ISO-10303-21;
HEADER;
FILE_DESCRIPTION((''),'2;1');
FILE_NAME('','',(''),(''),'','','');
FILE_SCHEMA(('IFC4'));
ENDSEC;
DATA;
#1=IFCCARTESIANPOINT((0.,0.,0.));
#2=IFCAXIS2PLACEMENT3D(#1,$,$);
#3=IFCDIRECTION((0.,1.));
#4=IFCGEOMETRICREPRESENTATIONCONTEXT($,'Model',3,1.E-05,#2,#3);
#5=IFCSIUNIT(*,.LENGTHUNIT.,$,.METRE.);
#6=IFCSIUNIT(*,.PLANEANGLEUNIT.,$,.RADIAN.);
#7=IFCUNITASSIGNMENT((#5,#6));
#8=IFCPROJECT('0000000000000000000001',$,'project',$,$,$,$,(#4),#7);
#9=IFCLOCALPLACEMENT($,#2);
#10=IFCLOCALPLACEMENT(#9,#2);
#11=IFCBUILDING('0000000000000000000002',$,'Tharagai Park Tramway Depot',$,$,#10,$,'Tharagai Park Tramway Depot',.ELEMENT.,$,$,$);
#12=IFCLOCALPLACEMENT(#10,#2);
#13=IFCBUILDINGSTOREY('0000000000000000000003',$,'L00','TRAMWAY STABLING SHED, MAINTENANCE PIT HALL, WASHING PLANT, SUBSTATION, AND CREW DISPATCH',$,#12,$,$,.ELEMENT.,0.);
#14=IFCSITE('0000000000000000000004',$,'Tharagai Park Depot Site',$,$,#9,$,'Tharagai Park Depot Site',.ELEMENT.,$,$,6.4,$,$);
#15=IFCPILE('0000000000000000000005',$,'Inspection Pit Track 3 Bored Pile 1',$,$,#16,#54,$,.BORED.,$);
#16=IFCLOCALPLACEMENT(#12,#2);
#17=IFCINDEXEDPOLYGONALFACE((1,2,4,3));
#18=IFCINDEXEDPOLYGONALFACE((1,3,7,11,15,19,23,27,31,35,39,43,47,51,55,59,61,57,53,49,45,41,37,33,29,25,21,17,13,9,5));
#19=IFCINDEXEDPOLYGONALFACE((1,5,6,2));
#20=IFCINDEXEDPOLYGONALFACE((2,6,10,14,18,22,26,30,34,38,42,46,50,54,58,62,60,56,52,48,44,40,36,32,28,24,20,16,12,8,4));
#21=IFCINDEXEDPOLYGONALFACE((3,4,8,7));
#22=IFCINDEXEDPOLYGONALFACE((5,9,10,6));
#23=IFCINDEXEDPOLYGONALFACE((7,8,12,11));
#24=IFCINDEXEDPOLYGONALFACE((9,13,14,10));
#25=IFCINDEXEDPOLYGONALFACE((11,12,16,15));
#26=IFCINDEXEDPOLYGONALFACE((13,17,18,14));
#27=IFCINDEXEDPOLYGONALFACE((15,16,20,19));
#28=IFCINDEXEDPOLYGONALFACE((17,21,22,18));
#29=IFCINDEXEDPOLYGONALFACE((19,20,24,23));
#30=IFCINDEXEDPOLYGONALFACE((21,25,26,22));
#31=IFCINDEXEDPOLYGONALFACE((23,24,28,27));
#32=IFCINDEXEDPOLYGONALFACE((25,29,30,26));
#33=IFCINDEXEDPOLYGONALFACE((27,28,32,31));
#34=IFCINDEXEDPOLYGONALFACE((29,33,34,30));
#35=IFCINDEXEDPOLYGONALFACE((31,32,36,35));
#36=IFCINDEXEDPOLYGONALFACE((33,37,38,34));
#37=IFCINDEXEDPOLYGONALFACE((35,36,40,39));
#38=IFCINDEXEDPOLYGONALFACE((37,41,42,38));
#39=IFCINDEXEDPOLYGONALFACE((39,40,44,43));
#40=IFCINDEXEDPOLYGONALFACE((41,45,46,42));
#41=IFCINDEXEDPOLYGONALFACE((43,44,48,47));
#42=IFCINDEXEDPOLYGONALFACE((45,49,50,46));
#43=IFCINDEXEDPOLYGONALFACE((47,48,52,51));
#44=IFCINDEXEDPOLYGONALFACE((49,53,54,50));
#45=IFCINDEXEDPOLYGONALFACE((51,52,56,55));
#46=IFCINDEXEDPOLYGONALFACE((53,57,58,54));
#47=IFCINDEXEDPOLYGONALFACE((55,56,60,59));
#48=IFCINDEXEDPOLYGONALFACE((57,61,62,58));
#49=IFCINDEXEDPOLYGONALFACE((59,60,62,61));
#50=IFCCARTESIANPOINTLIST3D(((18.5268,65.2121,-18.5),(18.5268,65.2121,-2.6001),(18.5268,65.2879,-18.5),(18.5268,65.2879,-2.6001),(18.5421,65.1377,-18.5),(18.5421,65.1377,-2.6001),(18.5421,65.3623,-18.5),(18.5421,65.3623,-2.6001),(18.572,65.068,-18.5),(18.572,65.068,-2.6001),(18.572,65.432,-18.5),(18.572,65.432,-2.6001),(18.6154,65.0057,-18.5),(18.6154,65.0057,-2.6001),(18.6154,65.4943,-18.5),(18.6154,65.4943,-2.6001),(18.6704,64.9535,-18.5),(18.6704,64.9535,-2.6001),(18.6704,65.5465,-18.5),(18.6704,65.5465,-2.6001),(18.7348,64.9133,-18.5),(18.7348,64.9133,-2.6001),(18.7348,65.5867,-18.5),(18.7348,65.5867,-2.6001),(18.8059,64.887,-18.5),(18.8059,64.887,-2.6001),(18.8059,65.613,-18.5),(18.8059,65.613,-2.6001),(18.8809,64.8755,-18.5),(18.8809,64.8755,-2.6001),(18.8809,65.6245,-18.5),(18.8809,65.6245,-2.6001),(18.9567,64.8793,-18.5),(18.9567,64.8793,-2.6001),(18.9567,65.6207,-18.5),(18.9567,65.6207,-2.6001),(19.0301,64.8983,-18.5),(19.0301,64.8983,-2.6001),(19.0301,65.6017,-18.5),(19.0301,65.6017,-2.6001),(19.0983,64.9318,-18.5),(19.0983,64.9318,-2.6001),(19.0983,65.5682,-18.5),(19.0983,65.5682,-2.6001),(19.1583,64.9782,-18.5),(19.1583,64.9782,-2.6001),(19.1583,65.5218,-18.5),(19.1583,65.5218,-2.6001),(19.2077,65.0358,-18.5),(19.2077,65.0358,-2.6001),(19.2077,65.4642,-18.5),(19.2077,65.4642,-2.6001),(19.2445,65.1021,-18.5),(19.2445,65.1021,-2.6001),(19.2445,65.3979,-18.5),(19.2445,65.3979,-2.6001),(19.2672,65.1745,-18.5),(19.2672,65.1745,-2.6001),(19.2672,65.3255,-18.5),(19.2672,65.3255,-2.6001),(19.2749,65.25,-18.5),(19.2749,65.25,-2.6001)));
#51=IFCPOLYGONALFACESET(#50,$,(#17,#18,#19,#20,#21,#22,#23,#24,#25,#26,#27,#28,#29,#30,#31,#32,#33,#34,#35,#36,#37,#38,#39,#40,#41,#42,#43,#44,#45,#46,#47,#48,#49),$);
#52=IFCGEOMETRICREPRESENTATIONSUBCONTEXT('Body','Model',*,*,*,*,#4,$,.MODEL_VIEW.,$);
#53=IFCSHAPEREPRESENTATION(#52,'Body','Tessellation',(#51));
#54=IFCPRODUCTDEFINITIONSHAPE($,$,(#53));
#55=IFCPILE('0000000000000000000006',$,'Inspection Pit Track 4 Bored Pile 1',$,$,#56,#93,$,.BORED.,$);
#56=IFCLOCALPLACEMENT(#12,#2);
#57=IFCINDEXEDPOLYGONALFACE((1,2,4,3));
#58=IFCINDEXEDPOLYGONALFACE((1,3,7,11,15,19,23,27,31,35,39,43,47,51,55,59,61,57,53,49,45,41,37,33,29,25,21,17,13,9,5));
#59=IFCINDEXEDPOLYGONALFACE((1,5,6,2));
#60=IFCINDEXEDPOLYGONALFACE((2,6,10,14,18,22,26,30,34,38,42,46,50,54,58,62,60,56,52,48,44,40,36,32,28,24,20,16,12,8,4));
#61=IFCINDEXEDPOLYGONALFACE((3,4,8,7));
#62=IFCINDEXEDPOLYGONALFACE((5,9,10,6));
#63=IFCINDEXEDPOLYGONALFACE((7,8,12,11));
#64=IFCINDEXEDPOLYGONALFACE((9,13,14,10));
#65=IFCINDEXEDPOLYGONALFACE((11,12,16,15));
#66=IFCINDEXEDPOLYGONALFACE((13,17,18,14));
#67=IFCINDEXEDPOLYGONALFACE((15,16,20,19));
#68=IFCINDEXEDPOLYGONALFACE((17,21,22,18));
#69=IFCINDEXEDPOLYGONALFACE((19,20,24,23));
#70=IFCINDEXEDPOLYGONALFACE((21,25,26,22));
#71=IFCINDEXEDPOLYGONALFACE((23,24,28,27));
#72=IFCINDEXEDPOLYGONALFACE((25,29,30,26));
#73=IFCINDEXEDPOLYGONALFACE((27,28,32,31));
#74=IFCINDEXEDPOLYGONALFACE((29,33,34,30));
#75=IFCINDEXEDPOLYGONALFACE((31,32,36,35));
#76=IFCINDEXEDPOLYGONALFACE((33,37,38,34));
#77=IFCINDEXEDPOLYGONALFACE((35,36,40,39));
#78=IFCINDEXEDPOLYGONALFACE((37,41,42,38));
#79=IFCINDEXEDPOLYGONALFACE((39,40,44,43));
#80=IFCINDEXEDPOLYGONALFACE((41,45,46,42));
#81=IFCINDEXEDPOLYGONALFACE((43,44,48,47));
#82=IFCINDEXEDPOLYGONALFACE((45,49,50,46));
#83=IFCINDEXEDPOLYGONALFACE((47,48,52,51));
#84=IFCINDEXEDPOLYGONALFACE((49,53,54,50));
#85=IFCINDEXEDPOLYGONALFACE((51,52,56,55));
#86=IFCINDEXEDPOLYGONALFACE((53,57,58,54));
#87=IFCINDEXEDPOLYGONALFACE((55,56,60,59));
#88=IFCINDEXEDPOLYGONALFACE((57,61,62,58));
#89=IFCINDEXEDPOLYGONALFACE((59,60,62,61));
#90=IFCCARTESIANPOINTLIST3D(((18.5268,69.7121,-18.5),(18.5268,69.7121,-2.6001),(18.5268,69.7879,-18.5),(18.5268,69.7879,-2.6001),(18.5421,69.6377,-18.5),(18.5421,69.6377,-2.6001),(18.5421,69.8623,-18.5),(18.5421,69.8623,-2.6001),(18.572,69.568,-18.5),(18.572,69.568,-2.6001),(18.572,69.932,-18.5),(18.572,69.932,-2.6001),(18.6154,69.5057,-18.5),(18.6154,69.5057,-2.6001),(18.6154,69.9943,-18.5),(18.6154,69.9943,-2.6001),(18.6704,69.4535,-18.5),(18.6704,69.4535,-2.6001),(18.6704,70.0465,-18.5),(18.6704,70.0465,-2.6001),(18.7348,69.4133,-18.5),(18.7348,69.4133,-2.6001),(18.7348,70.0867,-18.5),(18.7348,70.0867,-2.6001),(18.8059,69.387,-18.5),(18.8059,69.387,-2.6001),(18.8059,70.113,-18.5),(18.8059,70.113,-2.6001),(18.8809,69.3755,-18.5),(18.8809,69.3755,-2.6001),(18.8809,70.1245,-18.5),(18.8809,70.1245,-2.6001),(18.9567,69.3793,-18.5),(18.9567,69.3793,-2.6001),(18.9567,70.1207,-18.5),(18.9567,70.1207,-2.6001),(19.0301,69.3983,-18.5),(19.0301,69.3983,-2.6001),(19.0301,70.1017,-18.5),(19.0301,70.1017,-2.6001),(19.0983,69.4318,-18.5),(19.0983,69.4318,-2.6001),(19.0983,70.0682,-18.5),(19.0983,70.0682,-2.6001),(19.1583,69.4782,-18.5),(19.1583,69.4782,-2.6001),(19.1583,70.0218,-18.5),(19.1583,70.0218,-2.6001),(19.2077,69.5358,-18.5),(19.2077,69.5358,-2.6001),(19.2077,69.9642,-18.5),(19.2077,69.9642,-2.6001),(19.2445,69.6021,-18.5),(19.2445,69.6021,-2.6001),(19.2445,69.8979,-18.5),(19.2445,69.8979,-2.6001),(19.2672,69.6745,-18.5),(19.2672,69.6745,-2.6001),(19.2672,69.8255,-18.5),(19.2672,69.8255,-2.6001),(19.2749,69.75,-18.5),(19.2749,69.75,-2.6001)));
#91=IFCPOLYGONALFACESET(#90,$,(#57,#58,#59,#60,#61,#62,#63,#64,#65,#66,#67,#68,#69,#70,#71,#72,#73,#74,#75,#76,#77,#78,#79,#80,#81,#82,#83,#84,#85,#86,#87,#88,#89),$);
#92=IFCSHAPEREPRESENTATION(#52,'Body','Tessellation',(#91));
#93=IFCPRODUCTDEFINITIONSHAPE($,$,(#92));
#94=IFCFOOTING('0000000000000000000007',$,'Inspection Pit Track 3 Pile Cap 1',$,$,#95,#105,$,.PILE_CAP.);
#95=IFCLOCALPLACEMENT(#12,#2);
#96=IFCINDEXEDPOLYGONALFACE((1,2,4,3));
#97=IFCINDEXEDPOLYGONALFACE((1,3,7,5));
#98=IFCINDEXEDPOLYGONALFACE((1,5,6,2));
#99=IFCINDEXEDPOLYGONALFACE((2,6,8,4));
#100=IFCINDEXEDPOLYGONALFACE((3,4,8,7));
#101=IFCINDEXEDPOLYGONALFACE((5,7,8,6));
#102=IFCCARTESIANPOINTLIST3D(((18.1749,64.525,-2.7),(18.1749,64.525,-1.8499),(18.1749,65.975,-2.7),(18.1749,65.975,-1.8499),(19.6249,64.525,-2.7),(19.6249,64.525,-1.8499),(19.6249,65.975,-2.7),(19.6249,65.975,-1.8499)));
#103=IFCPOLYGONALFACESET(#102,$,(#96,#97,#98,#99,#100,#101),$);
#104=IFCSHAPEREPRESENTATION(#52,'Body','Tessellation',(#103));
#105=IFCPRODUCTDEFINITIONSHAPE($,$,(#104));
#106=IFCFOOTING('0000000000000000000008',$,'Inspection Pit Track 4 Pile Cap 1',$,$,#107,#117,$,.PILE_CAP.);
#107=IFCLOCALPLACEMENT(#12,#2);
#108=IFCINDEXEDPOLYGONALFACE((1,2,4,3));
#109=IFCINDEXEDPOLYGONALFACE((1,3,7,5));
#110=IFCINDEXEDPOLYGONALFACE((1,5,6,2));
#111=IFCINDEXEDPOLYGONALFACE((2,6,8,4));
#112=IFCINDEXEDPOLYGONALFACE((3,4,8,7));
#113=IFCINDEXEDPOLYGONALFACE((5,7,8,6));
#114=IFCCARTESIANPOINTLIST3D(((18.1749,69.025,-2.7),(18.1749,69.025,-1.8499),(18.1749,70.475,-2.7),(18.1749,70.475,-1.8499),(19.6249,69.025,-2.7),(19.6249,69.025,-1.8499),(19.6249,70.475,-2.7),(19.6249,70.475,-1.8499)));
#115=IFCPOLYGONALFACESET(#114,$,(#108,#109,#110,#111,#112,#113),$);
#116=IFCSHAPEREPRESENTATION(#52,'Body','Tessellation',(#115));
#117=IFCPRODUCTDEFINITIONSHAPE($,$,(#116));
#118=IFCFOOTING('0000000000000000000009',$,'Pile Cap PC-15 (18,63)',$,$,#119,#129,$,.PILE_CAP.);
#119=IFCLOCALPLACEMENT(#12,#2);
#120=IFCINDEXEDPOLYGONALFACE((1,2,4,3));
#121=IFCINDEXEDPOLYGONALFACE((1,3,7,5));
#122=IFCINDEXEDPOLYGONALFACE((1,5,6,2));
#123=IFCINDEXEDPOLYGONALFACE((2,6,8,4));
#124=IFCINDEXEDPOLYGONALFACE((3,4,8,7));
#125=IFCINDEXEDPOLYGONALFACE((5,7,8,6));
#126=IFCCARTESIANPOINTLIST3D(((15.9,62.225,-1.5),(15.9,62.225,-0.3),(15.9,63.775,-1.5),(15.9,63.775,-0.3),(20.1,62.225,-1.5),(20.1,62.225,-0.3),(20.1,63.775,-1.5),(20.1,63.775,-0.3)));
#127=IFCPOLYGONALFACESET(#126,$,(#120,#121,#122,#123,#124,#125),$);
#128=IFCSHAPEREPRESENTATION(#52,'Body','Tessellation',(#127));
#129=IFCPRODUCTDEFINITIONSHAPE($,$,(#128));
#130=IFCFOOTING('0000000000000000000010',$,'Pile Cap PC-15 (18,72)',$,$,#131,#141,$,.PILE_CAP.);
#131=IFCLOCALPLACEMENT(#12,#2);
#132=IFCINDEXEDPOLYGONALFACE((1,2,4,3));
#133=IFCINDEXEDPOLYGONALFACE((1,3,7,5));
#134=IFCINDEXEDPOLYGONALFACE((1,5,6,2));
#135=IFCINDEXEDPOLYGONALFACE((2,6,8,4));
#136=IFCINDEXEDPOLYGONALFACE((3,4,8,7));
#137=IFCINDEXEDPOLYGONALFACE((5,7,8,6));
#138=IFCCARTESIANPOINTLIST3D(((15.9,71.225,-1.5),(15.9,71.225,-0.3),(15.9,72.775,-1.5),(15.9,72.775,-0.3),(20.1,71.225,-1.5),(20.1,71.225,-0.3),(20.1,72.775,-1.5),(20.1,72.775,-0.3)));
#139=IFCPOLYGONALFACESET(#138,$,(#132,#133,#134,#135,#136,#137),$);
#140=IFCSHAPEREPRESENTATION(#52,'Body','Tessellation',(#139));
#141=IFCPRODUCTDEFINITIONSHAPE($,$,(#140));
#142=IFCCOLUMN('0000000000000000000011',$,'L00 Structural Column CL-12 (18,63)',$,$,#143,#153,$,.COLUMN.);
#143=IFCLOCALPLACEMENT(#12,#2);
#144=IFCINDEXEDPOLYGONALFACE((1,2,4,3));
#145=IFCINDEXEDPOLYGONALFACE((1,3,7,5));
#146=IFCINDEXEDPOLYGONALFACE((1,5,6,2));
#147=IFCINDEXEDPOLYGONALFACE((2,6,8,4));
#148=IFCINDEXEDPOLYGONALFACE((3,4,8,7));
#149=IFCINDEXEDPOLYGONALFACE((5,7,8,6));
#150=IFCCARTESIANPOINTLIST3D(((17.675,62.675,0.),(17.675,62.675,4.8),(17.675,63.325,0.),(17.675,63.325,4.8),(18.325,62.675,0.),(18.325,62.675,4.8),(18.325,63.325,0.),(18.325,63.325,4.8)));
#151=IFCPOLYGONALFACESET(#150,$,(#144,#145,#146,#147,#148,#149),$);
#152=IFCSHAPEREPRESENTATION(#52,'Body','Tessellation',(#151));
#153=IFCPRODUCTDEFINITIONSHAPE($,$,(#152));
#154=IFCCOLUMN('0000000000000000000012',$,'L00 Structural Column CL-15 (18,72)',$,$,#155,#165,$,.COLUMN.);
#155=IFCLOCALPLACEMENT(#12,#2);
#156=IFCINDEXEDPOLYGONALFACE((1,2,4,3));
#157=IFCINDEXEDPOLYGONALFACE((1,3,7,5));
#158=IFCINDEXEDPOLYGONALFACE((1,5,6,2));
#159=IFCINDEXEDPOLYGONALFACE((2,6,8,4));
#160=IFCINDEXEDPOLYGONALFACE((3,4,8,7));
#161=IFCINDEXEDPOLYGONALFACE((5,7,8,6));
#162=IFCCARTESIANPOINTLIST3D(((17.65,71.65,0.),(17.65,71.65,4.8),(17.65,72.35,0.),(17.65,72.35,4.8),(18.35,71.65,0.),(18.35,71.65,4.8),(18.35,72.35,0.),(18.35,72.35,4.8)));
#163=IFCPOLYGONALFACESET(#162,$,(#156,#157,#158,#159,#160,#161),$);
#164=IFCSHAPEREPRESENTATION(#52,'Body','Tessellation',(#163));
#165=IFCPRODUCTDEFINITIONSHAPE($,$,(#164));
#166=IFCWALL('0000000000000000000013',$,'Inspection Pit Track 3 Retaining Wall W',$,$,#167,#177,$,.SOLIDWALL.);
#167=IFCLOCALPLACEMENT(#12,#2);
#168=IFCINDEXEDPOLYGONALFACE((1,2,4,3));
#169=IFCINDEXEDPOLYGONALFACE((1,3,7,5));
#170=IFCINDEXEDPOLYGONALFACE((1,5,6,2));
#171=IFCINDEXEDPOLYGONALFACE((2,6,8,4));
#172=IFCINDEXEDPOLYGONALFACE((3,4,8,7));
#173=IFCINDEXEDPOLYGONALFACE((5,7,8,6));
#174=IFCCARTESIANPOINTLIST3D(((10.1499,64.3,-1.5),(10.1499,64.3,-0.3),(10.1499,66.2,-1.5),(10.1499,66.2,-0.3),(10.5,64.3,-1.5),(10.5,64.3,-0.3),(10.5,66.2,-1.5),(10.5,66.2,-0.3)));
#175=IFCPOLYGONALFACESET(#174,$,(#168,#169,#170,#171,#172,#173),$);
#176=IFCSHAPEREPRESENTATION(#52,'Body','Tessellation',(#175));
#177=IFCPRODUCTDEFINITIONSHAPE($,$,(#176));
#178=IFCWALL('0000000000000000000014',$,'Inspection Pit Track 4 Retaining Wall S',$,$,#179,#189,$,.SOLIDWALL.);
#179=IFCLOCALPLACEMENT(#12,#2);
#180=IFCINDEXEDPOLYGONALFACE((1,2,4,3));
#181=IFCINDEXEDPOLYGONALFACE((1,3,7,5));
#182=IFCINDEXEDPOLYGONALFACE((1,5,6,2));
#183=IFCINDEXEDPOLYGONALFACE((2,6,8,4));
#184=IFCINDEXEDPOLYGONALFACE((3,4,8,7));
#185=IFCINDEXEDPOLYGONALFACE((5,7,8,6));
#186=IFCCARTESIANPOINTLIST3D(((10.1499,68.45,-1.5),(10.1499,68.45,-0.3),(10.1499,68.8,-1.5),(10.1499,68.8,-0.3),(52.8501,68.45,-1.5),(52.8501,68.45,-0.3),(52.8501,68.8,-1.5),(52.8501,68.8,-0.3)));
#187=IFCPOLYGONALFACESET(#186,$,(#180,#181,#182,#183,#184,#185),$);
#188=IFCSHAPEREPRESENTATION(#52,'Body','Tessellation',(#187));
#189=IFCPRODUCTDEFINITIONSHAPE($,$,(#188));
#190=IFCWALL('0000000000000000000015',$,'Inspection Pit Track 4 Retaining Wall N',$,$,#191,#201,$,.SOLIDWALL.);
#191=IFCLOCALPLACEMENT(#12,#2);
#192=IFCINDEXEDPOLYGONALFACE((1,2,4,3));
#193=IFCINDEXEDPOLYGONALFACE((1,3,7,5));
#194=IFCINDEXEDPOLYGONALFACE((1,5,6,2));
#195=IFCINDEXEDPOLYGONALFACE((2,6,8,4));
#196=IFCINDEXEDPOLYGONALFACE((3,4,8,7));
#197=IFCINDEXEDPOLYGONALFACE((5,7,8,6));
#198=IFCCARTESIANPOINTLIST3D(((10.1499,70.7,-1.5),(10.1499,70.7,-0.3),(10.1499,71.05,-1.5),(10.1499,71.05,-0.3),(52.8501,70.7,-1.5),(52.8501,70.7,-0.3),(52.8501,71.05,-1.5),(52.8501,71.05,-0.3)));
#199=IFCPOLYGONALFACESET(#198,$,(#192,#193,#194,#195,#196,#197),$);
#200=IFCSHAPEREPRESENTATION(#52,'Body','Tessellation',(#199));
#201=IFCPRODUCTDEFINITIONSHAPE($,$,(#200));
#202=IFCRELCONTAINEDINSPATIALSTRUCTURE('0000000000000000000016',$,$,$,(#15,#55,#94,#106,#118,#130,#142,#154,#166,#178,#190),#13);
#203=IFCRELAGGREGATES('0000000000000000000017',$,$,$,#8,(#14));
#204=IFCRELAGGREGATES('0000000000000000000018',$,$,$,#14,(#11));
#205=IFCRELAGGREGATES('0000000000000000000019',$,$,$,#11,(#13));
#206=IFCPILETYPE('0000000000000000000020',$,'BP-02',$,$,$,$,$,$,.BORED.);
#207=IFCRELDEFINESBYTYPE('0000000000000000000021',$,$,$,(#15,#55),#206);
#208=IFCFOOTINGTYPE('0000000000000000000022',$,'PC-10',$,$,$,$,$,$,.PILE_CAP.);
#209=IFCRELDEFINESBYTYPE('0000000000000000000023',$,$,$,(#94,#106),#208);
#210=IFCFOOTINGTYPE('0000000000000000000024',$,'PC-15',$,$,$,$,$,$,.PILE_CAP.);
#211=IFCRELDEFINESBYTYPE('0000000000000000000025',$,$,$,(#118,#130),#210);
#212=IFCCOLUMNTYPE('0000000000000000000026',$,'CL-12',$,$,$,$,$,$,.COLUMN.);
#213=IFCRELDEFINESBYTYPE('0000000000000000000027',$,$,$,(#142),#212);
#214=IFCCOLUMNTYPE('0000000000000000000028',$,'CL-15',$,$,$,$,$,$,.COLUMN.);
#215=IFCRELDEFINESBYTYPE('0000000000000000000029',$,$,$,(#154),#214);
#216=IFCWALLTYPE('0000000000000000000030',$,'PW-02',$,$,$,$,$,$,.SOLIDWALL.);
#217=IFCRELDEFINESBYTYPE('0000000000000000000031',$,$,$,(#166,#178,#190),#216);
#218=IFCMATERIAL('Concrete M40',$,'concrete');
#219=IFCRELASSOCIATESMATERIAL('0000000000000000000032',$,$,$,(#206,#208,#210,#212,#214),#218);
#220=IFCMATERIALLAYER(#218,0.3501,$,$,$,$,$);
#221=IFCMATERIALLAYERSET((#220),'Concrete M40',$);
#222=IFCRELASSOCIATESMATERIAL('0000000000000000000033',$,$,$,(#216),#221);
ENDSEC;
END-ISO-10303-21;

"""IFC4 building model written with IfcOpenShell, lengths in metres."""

from ifc_helpers import new_model, si_unit, direction, frame, frame_2d, origin, origin_2d, place, context, subcontext, project, spatial, rectangle, circle, extrude, material, layer, layer_set, material_profile, profile_set, type_object, element, save


model = new_model("IFC4")

# Units and contexts
model_context = context("Model", 3, precision=1e-05, world=origin(), true_north=direction((0.0, 1.0)))
body_context = subcontext(model_context, "Body", "Model", "MODEL_VIEW")
ifc_project = project(units=[si_unit("LENGTHUNIT", "METRE"), si_unit("PLANEANGLEUNIT", "RADIAN")], contexts=[model_context])

# Site, building, storey
site_placement = place(None, origin())
site = spatial("IfcSite", under=ifc_project, at=site_placement, Name="Tharagai Park Depot Site", LongName="Tharagai Park Depot Site", CompositionType="ELEMENT", RefElevation=6.4)
building_placement = place(site_placement, origin())
building = spatial("IfcBuilding", under=site, at=building_placement, Name="Tharagai Park Tramway Depot", LongName="Tharagai Park Tramway Depot", CompositionType="ELEMENT")
storey_placement = place(building_placement, origin())
storey = spatial("IfcBuildingStorey", under=building, at=storey_placement, Name="L00", Description="TRAMWAY STABLING SHED, MAINTENANCE PIT HALL, WASHING PLANT, SUBSTATION, AND CREW DISPATCH", CompositionType="ELEMENT", Elevation=0.0)

# Piles
ifc_material_1 = material(Name="Concrete M40", Category="concrete")
ifc_material_profile_1 = material_profile(ifc_material_1, circle(Radius=0.375, at=origin_2d()), Name="PILE D750")
ifc_profile_set_1 = profile_set([ifc_material_profile_1], Name="Concrete M40")
pile_type_1 = type_object("IfcPileType", Name="BP-02", PredefinedType="BORED", material=ifc_profile_set_1)
for number, where, z_axis, x_axis, name in (
    (1, (18.8999, 65.25, -2.6001), (0.0, 0.0, -1.0), (1.0, 0.0, 0.0), "Inspection Pit Track 3 Bored Pile 1"),
    (2, (18.8999, 69.75, -2.6001), (0.0, 0.0, -1.0), (1.0, 0.0, 0.0), "Inspection Pit Track 4 Bored Pile 1"),
):
    element("IfcPile", number, at=place(storey_placement, frame(where, z_axis=z_axis, x_axis=x_axis)), inside=storey, type_object=pile_type_1, Name=name, PredefinedType="BORED", context=body_context, shape_type="SweptSolid", body=[
        extrude(circle(Radius=0.375, at=origin_2d()), origin(), (0.0, 0.0, 1.0), 15.8999),
    ])

# Footings
footing_type_1 = type_object("IfcFootingType", Name="PC-10", PredefinedType="PILE_CAP", material=ifc_material_1)
for number, where, z_axis, x_axis, name in (
    (3, (18.8999, 65.25, -2.7), (0.0, 0.0, 1.0), (1.0, 0.0, 0.0), "Inspection Pit Track 3 Pile Cap 1"),
    (4, (18.8999, 69.75, -2.7), (0.0, 0.0, 1.0), (1.0, 0.0, 0.0), "Inspection Pit Track 4 Pile Cap 1"),
):
    element("IfcFooting", number, at=place(storey_placement, frame(where, z_axis=z_axis, x_axis=x_axis)), inside=storey, type_object=footing_type_1, Name=name, PredefinedType="PILE_CAP", context=body_context, shape_type="SweptSolid", body=[
        extrude(rectangle(XDim=1.45, YDim=1.45, at=origin_2d()), origin(), (0.0, 0.0, 1.0), 0.8501),
    ])
footing_type_2 = type_object("IfcFootingType", Name="PC-15", PredefinedType="PILE_CAP", material=ifc_material_1)
for number, where, z_axis, x_axis, name in (
    (5, (18.0, 63.0, -1.5), (0.0, 0.0, 1.0), (1.0, 0.0, 0.0), "Pile Cap PC-15 (18,63)"),
    (6, (18.0, 72.0, -1.5), (0.0, 0.0, 1.0), (1.0, 0.0, 0.0), "Pile Cap PC-15 (18,72)"),
):
    element("IfcFooting", number, at=place(storey_placement, frame(where, z_axis=z_axis, x_axis=x_axis)), inside=storey, type_object=footing_type_2, Name=name, PredefinedType="PILE_CAP", context=body_context, shape_type="SweptSolid", body=[
        extrude(rectangle(XDim=4.2, YDim=1.55, at=origin_2d()), origin(), (0.0, 0.0, 1.0), 1.2),
    ])

# Columns
ifc_material_profile_2 = material_profile(ifc_material_1, rectangle(XDim=0.6499, YDim=0.6499, at=origin_2d()), Name="RC 650x650")
ifc_profile_set_2 = profile_set([ifc_material_profile_2], Name="Concrete M40")
column_type_1 = type_object("IfcColumnType", Name="CL-12", PredefinedType="COLUMN", material=ifc_profile_set_2)
column_1_placement = place(storey_placement, frame((18.0, 63.0, 0.0), z_axis=(0.0, 0.0, 1.0), x_axis=(1.0, 0.0, 0.0)))
element("IfcColumn", 7, at=column_1_placement, inside=storey, type_object=column_type_1, Name="L00 Structural Column CL-12 (18,63)", PredefinedType="COLUMN", context=body_context, shape_type="SweptSolid", body=[
    extrude(rectangle(XDim=0.6499, YDim=0.6499, at=origin_2d()), origin(), (0.0, 0.0, 1.0), 4.8),
])
ifc_material_profile_3 = material_profile(ifc_material_1, rectangle(XDim=0.7, YDim=0.7, at=origin_2d()), Name="RC 700x700")
ifc_profile_set_3 = profile_set([ifc_material_profile_3], Name="Concrete M40")
column_type_2 = type_object("IfcColumnType", Name="CL-15", PredefinedType="COLUMN", material=ifc_profile_set_3)
column_2_placement = place(storey_placement, frame((18.0, 72.0, 0.0), z_axis=(0.0, 0.0, 1.0), x_axis=(1.0, 0.0, 0.0)))
element("IfcColumn", 8, at=column_2_placement, inside=storey, type_object=column_type_2, Name="L00 Structural Column CL-15 (18,72)", PredefinedType="COLUMN", context=body_context, shape_type="SweptSolid", body=[
    extrude(rectangle(XDim=0.7, YDim=0.7, at=origin_2d()), origin(), (0.0, 0.0, 1.0), 4.8),
])

# Walls
ifc_layer = layer(ifc_material_1, 0.3501)
ifc_layer_set = layer_set([ifc_layer], Name="Concrete M40")
wall_type = type_object("IfcWallType", Name="PW-02", PredefinedType="SOLIDWALL", material=ifc_layer_set)
wall_1_placement = place(storey_placement, frame((10.325, 64.3, -1.5), z_axis=(0.0, 0.0, 1.0), x_axis=(0.0, 1.0, 0.0)))
element("IfcWall", 9, at=wall_1_placement, inside=storey, type_object=wall_type, Name="Inspection Pit Track 3 Retaining Wall W", PredefinedType="SOLIDWALL", context=body_context, shape_type="SweptSolid", body=[
    extrude(rectangle(XDim=1.8999, YDim=0.3501, at=frame_2d((0.95, 0.0))), origin(), (0.0, 0.0, 1.0), 1.2),
])
for number, where, z_axis, x_axis, name in (
    (10, (10.1499, 68.625, -1.5), (0.0, 0.0, 1.0), (1.0, 0.0, 0.0), "Inspection Pit Track 4 Retaining Wall S"),
    (11, (10.1499, 70.875, -1.5), (0.0, 0.0, 1.0), (1.0, 0.0, 0.0), "Inspection Pit Track 4 Retaining Wall N"),
):
    element("IfcWall", number, at=place(storey_placement, frame(where, z_axis=z_axis, x_axis=x_axis)), inside=storey, type_object=wall_type, Name=name, PredefinedType="SOLIDWALL", context=body_context, shape_type="SweptSolid", body=[
        extrude(rectangle(XDim=42.7002, YDim=0.3501, at=frame_2d((21.3501, 0.0))), origin(), (0.0, 0.0, 1.0), 1.2),
    ])

save(model, "model.ifc")
